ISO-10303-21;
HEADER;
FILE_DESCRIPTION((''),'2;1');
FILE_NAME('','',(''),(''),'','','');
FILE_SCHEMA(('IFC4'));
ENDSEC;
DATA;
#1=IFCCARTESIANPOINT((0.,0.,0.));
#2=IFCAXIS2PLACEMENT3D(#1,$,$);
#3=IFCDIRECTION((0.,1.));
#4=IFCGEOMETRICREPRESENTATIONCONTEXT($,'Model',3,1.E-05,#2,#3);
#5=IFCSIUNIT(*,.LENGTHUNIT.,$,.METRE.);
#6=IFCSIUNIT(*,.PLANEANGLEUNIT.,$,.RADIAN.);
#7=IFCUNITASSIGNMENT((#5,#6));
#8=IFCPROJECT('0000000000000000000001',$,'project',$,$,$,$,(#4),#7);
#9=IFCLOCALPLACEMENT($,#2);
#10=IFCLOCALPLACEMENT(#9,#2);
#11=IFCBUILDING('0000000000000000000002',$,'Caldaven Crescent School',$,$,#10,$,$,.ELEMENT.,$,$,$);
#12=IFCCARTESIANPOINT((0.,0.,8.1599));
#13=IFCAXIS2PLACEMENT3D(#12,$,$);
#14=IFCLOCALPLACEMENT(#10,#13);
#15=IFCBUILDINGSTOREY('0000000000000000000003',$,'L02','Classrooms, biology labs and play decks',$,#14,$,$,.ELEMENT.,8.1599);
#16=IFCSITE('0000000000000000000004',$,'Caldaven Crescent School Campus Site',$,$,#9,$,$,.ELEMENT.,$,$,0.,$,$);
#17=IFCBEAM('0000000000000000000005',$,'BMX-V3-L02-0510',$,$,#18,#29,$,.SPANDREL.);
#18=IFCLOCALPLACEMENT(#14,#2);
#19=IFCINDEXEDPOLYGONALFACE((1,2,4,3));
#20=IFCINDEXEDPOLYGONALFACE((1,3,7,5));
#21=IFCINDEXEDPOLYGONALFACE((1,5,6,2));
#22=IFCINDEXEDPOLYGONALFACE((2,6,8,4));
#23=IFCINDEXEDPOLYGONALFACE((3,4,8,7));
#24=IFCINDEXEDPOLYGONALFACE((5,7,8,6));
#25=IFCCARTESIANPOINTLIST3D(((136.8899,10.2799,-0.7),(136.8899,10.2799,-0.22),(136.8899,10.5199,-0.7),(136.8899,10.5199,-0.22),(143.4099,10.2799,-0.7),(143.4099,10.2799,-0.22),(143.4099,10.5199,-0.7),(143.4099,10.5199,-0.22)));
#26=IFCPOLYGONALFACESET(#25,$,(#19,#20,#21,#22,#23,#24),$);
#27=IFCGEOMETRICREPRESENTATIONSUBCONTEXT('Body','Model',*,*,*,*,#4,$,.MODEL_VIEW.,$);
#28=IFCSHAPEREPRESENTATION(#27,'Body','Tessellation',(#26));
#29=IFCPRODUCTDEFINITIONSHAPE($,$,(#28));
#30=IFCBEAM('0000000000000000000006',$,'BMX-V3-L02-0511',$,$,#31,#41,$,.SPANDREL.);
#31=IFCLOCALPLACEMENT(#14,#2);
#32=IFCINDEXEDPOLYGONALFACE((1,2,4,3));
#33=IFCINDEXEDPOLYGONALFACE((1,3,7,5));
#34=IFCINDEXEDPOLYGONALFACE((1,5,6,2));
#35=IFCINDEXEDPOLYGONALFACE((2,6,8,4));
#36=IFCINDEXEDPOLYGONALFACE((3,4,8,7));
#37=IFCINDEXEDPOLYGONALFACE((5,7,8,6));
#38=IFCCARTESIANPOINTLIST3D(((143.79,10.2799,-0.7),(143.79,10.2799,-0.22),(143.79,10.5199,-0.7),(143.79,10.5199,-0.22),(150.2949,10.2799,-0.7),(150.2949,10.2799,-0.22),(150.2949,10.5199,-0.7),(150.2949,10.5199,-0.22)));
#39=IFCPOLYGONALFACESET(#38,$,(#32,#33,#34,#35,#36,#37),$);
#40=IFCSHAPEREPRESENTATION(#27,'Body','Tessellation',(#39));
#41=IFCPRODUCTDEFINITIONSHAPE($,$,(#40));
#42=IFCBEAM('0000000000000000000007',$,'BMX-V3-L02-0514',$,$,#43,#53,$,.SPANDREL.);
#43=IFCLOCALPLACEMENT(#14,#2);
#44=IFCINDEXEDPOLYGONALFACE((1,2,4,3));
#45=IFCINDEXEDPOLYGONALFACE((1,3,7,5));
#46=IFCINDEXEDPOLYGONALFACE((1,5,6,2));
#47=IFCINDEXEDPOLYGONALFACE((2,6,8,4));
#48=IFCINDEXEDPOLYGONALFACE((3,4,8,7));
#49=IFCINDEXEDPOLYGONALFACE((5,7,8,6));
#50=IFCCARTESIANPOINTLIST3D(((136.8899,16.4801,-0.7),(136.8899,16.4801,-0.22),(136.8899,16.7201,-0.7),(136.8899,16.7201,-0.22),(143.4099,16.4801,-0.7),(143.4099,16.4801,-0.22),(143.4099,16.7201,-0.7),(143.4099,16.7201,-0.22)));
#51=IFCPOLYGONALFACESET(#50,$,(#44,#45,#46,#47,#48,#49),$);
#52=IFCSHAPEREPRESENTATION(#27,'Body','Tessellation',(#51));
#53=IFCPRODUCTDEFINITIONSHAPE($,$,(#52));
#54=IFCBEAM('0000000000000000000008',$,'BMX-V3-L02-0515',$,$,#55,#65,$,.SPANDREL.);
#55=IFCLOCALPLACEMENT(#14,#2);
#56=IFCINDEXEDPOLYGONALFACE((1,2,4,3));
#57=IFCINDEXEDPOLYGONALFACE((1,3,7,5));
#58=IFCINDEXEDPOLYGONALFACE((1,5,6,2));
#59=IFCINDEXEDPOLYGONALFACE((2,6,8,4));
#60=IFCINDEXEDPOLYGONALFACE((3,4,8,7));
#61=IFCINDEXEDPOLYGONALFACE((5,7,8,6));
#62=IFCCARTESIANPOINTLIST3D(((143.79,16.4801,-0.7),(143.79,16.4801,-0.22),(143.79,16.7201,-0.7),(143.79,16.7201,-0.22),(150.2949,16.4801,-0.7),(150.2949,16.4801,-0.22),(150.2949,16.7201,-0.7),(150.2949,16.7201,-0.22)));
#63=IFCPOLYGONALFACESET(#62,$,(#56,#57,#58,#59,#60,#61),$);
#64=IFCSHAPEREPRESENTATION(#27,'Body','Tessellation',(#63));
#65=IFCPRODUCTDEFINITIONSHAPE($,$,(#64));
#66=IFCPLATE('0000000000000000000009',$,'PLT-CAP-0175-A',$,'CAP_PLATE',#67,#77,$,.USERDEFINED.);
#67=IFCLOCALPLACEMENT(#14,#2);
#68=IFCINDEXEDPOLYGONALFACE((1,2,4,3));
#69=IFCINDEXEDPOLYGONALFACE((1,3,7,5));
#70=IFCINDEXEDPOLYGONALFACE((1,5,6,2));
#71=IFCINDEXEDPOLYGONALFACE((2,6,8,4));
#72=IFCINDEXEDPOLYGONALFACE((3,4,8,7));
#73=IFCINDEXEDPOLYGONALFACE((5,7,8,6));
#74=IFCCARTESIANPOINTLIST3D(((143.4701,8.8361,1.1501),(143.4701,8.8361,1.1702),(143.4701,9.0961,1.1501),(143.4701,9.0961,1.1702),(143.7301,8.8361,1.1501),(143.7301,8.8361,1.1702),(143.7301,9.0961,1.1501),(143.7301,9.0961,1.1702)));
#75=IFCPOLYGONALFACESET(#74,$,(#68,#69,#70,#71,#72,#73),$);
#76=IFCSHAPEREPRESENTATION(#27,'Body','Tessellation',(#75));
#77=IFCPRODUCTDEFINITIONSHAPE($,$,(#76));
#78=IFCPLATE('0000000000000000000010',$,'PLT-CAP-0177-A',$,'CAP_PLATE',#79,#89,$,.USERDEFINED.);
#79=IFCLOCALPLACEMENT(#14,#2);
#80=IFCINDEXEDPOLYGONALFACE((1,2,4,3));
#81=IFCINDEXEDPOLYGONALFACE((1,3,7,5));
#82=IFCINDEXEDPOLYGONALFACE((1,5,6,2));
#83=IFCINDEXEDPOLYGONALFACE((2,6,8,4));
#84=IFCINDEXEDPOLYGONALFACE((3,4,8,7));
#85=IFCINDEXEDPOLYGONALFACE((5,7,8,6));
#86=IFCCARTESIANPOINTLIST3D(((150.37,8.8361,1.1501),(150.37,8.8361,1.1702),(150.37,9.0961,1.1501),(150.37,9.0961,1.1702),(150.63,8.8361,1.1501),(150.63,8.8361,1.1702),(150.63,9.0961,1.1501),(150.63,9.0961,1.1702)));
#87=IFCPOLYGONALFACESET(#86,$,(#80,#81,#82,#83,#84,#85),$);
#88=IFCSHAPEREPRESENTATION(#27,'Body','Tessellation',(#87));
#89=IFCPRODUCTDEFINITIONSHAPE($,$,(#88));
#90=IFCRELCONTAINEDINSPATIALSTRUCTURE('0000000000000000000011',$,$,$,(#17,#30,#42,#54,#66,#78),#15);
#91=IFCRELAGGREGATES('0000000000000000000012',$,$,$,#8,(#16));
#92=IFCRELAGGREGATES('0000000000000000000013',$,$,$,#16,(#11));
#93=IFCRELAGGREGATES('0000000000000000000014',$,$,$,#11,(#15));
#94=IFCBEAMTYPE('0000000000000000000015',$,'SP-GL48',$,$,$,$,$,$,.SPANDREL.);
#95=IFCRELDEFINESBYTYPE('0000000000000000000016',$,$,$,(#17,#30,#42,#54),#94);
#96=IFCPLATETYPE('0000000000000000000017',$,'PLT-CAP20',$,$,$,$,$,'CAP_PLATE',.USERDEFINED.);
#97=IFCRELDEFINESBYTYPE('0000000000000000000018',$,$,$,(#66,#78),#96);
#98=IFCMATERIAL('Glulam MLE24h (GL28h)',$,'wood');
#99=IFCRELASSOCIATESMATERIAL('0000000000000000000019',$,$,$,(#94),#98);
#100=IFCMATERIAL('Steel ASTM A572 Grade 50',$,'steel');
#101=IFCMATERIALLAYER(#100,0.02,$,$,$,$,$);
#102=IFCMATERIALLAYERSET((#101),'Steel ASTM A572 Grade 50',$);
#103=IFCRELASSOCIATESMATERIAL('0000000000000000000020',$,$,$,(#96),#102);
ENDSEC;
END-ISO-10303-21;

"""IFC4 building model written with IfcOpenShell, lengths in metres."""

from ifc_helpers import new_model, si_unit, direction, frame, origin, origin_2d, place, context, subcontext, project, spatial, rectangle, extrude, material, layer, layer_set, material_profile, profile_set, type_object, element, save


model = new_model("IFC4")

# Units and contexts
model_context = context("Model", 3, precision=1e-05, world=origin(), true_north=direction((0.0, 1.0)))
body_context = subcontext(model_context, "Body", "Model", "MODEL_VIEW")
ifc_project = project(units=[si_unit("LENGTHUNIT", "METRE"), si_unit("PLANEANGLEUNIT", "RADIAN")], contexts=[model_context])

# Site, building, storey
site_placement = place(None, origin())
site = spatial("IfcSite", under=ifc_project, at=site_placement, Name="Caldaven Crescent School Campus Site", CompositionType="ELEMENT", RefElevation=0.0)
building_placement = place(site_placement, origin())
building = spatial("IfcBuilding", under=site, at=building_placement, Name="Caldaven Crescent School", CompositionType="ELEMENT")
storey_placement = place(building_placement, frame((0.0, 0.0, 8.1599)))
storey = spatial("IfcBuildingStorey", under=building, at=storey_placement, Name="L02", Description="Classrooms, biology labs and play decks", CompositionType="ELEMENT", Elevation=8.1599)

# Shared definitions
ifc_material_1 = material(Name="Glulam MLE24h (GL28h)", Category="wood")

# Shared definitions
ifc_material_2 = material(Name="Steel ASTM A572 Grade 50", Category="steel")

# Beams
ifc_material_profile_1 = material_profile(ifc_material_1, rectangle(XDim=0.24, YDim=0.48, at=origin_2d()), Name="MLE 240x480")
ifc_profile_set_1 = profile_set([ifc_material_profile_1], Name="Glulam MLE24h (GL28h)")
beam_type_1 = type_object("IfcBeamType", Name="SP-GL48", PredefinedType="SPANDREL", material=ifc_profile_set_1)
beam_1_placement = place(storey_placement, frame((136.8899, 10.3999, -0.46), z_axis=(1.0, 0.0, 0.0), x_axis=(0.0, 1.0, 0.0)))
element("IfcBeam", 1, at=beam_1_placement, inside=storey, type_object=beam_type_1, Name="BMX-V3-L02-0510", PredefinedType="SPANDREL", context=body_context, shape_type="SweptSolid", body=[
    extrude(rectangle(XDim=0.24, YDim=0.48, at=origin_2d()), origin(), (0.0, 0.0, 1.0), 6.52),
])
beam_2_placement = place(storey_placement, frame((143.79, 10.3999, -0.46), z_axis=(1.0, 0.0, 0.0), x_axis=(0.0, 1.0, 0.0)))
element("IfcBeam", 2, at=beam_2_placement, inside=storey, type_object=beam_type_1, Name="BMX-V3-L02-0511", PredefinedType="SPANDREL", context=body_context, shape_type="SweptSolid", body=[
    extrude(rectangle(XDim=0.24, YDim=0.48, at=origin_2d()), origin(), (0.0, 0.0, 1.0), 6.5049),
])
beam_3_placement = place(storey_placement, frame((136.8899, 16.6001, -0.46), z_axis=(1.0, 0.0, 0.0), x_axis=(0.0, 1.0, 0.0)))
element("IfcBeam", 3, at=beam_3_placement, inside=storey, type_object=beam_type_1, Name="BMX-V3-L02-0514", PredefinedType="SPANDREL", context=body_context, shape_type="SweptSolid", body=[
    extrude(rectangle(XDim=0.24, YDim=0.48, at=origin_2d()), origin(), (0.0, 0.0, 1.0), 6.52),
])
beam_4_placement = place(storey_placement, frame((143.79, 16.6001, -0.46), z_axis=(1.0, 0.0, 0.0), x_axis=(0.0, 1.0, 0.0)))
element("IfcBeam", 4, at=beam_4_placement, inside=storey, type_object=beam_type_1, Name="BMX-V3-L02-0515", PredefinedType="SPANDREL", context=body_context, shape_type="SweptSolid", body=[
    extrude(rectangle(XDim=0.24, YDim=0.48, at=origin_2d()), origin(), (0.0, 0.0, 1.0), 6.5049),
])

# Plates
ifc_layer = layer(ifc_material_2, 0.02)
ifc_layer_set = layer_set([ifc_layer], Name="Steel ASTM A572 Grade 50")
plate_type = type_object("IfcPlateType", Name="PLT-CAP20", ElementType="CAP_PLATE", PredefinedType="USERDEFINED", material=ifc_layer_set)
for number, where, z_axis, x_axis, name in (
    (5, (143.6001, 8.9661, 1.1501), (0.0, 0.0, 1.0), (0.0, 1.0, 0.0), "PLT-CAP-0175-A"),
    (6, (150.5, 8.9661, 1.1501), (0.0, 0.0, 1.0), (0.0, 1.0, 0.0), "PLT-CAP-0177-A"),
):
    element("IfcPlate", number, at=place(storey_placement, frame(where, z_axis=z_axis, x_axis=x_axis)), inside=storey, type_object=plate_type, Name=name, ObjectType="CAP_PLATE", PredefinedType="USERDEFINED", context=body_context, shape_type="SweptSolid", body=[
        extrude(rectangle(XDim=0.26, YDim=0.26, at=origin_2d()), origin(), (0.0, 0.0, 1.0), 0.02),
    ])

save(model, "model.ifc")
